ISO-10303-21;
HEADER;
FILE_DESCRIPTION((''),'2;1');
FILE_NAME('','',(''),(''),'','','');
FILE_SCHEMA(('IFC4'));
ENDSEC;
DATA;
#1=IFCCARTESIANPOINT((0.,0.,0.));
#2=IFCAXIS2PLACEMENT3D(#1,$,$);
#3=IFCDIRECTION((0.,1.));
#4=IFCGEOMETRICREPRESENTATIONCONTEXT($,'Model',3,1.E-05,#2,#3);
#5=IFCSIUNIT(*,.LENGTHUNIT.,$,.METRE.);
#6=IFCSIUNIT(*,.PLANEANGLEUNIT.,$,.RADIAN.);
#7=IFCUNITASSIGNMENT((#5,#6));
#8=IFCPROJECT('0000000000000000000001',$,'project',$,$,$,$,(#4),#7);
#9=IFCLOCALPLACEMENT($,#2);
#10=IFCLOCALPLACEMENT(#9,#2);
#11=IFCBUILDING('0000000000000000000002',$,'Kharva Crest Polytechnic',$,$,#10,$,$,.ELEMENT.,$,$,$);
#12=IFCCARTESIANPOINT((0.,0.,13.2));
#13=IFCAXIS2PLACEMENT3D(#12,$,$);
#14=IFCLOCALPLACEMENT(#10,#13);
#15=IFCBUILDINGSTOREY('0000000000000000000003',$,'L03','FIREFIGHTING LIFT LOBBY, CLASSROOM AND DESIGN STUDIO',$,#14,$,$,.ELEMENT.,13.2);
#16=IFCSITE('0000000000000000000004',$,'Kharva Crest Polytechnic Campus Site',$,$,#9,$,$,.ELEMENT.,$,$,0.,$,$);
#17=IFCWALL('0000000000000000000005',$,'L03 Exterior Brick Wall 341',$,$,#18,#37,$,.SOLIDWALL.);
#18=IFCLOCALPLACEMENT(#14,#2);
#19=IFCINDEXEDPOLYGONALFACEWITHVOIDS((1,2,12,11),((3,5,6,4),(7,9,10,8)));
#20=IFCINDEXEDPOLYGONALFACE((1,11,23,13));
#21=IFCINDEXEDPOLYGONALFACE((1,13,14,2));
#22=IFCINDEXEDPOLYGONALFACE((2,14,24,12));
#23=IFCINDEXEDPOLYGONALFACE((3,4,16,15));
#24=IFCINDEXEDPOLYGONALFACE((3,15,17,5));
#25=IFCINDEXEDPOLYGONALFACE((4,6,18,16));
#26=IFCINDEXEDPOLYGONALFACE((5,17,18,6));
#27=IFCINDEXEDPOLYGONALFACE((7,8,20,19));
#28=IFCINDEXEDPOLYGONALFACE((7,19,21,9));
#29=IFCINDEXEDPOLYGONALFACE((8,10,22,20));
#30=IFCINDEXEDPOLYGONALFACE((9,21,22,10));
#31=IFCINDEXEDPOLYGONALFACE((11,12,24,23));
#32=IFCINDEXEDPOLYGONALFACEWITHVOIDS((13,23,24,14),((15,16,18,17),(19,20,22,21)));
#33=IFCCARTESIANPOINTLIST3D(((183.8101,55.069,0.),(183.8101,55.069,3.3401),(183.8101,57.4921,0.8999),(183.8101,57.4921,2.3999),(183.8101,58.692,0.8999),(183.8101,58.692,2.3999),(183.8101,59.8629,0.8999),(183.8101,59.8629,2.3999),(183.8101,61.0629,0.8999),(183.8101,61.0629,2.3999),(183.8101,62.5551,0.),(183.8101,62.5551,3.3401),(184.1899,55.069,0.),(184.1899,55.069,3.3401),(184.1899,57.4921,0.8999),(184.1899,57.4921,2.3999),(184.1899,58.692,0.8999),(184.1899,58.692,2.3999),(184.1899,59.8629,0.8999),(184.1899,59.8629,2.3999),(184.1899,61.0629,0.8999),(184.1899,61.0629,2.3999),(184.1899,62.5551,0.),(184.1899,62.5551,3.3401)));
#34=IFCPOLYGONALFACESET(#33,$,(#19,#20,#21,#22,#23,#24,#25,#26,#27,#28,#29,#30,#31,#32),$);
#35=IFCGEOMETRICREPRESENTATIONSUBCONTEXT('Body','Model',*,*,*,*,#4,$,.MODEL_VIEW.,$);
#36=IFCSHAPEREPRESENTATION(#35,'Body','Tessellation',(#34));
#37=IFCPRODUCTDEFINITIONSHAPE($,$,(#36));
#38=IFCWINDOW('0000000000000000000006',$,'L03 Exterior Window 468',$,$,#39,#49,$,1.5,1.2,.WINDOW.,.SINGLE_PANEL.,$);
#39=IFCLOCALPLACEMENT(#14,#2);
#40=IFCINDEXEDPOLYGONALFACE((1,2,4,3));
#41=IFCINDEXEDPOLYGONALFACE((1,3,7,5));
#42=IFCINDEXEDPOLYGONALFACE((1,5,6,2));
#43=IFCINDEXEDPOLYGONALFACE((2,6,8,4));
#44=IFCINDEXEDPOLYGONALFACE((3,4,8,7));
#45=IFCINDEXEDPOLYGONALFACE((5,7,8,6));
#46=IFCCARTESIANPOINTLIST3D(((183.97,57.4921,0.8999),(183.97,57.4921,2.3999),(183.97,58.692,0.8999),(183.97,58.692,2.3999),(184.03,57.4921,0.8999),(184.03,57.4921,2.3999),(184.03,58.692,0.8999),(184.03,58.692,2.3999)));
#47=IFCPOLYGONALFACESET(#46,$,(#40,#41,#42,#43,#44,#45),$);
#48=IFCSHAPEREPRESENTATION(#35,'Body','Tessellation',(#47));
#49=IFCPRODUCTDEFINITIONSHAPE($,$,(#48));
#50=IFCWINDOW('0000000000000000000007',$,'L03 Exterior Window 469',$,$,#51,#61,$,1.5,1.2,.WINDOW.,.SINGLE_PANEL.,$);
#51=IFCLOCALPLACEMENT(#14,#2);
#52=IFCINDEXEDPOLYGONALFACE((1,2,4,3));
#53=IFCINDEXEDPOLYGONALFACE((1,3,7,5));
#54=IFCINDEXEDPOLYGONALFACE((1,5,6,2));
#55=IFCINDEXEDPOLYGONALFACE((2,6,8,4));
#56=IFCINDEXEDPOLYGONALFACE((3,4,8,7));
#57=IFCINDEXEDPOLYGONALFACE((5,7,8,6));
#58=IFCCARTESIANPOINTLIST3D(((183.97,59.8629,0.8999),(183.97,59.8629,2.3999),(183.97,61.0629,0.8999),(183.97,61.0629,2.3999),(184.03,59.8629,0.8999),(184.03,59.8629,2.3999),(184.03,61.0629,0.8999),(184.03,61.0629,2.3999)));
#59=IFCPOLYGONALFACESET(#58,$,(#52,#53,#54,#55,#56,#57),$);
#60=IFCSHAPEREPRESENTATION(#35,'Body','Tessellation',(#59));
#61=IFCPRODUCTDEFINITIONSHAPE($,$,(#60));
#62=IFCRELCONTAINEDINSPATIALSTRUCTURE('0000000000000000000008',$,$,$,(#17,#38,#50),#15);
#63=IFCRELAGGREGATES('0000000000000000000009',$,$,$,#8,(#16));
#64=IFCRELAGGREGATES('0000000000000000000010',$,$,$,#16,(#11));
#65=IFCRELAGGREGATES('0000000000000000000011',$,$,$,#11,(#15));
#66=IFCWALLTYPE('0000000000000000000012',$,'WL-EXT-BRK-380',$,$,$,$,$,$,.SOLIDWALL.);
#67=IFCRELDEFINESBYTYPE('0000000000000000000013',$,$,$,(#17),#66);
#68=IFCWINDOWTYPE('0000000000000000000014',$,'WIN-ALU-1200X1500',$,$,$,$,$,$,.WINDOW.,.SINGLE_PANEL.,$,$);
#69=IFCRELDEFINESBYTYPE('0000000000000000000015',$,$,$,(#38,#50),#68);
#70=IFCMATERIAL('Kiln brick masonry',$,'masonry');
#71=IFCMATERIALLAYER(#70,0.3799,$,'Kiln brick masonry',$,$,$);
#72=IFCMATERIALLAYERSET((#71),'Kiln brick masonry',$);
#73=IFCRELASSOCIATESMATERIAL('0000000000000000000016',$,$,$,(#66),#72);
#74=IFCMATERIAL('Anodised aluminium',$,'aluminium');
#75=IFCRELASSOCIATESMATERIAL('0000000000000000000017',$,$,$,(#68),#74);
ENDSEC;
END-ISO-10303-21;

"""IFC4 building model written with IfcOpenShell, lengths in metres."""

from ifc_helpers import new_model, si_unit, direction, frame, frame_2d, origin, place, context, subcontext, project, spatial, rectangle, extrude, material, layer, layer_set, type_object, element, fill, save


model = new_model("IFC4")

# Units and contexts
model_context = context("Model", 3, precision=1e-05, world=origin(), true_north=direction((0.0, 1.0)))
body_context = subcontext(model_context, "Body", "Model", "MODEL_VIEW")
ifc_project = project(units=[si_unit("LENGTHUNIT", "METRE"), si_unit("PLANEANGLEUNIT", "RADIAN")], contexts=[model_context])

# Site, building, storey
site_placement = place(None, origin())
site = spatial("IfcSite", under=ifc_project, at=site_placement, Name="Kharva Crest Polytechnic Campus Site", CompositionType="ELEMENT", RefElevation=0.0)
building_placement = place(site_placement, origin())
building = spatial("IfcBuilding", under=site, at=building_placement, Name="Kharva Crest Polytechnic", CompositionType="ELEMENT")
storey_placement = place(building_placement, frame((0.0, 0.0, 13.2)))
storey = spatial("IfcBuildingStorey", under=building, at=storey_placement, Name="L03", Description="FIREFIGHTING LIFT LOBBY, CLASSROOM AND DESIGN STUDIO", CompositionType="ELEMENT", Elevation=13.2)

# Wall, openings, windows
ifc_material_1 = material(Name="Kiln brick masonry", Category="masonry")
ifc_layer_1 = layer(ifc_material_1, 0.3799, Name="Kiln brick masonry")
ifc_layer_set_1 = layer_set([ifc_layer_1], Name="Kiln brick masonry")
wall_type = type_object("IfcWallType", Name="WL-EXT-BRK-380", PredefinedType="SOLIDWALL", material=ifc_layer_set_1)
wall_placement = place(storey_placement, frame((184.0, 55.0688, 0.0), z_axis=(0.0, 0.0, 1.0), x_axis=(0.0, 1.0, 0.0)))
wall = element("IfcWall", 1, at=wall_placement, inside=storey, type_object=wall_type, Name="L03 Exterior Brick Wall 341", PredefinedType="SOLIDWALL", context=body_context, shape_type="SweptSolid", body=[
    extrude(rectangle(XDim=7.4861, YDim=0.3799, at=frame_2d((3.7432, 0.0))), origin(), (0.0, 0.0, 1.0), 3.3401),
])
opening_1_placement = place(wall_placement, frame((2.4231, 0.0, 0.8999)))
opening_1 = element("IfcOpeningElement", 2, at=opening_1_placement, cuts=wall, PredefinedType="OPENING", context=body_context, shape_type="SweptSolid", body=[
    extrude(rectangle(XDim=1.2, YDim=1.5, at=frame_2d((0.6001, 0.75))), frame((0.0, 0.2, 0.0), z_axis=(0.0, -1.0, 0.0), x_axis=(1.0, 0.0, 0.0)), (0.0, 0.0, 1.0), 0.3999),
])
opening_2_placement = place(wall_placement, frame((4.7939, 0.0, 0.8999)))
opening_2 = element("IfcOpeningElement", 3, at=opening_2_placement, cuts=wall, PredefinedType="OPENING", context=body_context, shape_type="SweptSolid", body=[
    extrude(rectangle(XDim=1.2, YDim=1.5, at=frame_2d((0.6001, 0.75))), frame((0.0, 0.2, 0.0), z_axis=(0.0, -1.0, 0.0), x_axis=(1.0, 0.0, 0.0)), (0.0, 0.0, 1.0), 0.3999),
])
ifc_material_2 = material(Name="Anodised aluminium", Category="aluminium")
window_type = type_object("IfcWindowType", Name="WIN-ALU-1200X1500", PartitioningType="SINGLE_PANEL", PredefinedType="WINDOW", material=ifc_material_2)
window_1_placement = place(opening_1_placement, origin())
window_1 = element("IfcWindow", 4, at=window_1_placement, inside=storey, type_object=window_type, Name="L03 Exterior Window 468", OverallHeight=1.5, OverallWidth=1.2, PartitioningType="SINGLE_PANEL", PredefinedType="WINDOW", context=body_context, shape_type="SweptSolid", body=[
    extrude(rectangle(XDim=1.2, YDim=1.5, at=frame_2d((0.6001, 0.75))), frame((0.0, 0.03, 0.0), z_axis=(0.0, -1.0, 0.0), x_axis=(1.0, 0.0, 0.0)), (0.0, 0.0, 1.0), 0.0601),
])
fill(opening_1, window_1)
window_2_placement = place(opening_2_placement, origin())
window_2 = element("IfcWindow", 5, at=window_2_placement, inside=storey, type_object=window_type, Name="L03 Exterior Window 469", OverallHeight=1.5, OverallWidth=1.2, PartitioningType="SINGLE_PANEL", PredefinedType="WINDOW", context=body_context, shape_type="SweptSolid", body=[
    extrude(rectangle(XDim=1.2, YDim=1.5, at=frame_2d((0.6001, 0.75))), frame((0.0, 0.03, 0.0), z_axis=(0.0, -1.0, 0.0), x_axis=(1.0, 0.0, 0.0)), (0.0, 0.0, 1.0), 0.0601),
])
fill(opening_2, window_2)

save(model, "model.ifc")
